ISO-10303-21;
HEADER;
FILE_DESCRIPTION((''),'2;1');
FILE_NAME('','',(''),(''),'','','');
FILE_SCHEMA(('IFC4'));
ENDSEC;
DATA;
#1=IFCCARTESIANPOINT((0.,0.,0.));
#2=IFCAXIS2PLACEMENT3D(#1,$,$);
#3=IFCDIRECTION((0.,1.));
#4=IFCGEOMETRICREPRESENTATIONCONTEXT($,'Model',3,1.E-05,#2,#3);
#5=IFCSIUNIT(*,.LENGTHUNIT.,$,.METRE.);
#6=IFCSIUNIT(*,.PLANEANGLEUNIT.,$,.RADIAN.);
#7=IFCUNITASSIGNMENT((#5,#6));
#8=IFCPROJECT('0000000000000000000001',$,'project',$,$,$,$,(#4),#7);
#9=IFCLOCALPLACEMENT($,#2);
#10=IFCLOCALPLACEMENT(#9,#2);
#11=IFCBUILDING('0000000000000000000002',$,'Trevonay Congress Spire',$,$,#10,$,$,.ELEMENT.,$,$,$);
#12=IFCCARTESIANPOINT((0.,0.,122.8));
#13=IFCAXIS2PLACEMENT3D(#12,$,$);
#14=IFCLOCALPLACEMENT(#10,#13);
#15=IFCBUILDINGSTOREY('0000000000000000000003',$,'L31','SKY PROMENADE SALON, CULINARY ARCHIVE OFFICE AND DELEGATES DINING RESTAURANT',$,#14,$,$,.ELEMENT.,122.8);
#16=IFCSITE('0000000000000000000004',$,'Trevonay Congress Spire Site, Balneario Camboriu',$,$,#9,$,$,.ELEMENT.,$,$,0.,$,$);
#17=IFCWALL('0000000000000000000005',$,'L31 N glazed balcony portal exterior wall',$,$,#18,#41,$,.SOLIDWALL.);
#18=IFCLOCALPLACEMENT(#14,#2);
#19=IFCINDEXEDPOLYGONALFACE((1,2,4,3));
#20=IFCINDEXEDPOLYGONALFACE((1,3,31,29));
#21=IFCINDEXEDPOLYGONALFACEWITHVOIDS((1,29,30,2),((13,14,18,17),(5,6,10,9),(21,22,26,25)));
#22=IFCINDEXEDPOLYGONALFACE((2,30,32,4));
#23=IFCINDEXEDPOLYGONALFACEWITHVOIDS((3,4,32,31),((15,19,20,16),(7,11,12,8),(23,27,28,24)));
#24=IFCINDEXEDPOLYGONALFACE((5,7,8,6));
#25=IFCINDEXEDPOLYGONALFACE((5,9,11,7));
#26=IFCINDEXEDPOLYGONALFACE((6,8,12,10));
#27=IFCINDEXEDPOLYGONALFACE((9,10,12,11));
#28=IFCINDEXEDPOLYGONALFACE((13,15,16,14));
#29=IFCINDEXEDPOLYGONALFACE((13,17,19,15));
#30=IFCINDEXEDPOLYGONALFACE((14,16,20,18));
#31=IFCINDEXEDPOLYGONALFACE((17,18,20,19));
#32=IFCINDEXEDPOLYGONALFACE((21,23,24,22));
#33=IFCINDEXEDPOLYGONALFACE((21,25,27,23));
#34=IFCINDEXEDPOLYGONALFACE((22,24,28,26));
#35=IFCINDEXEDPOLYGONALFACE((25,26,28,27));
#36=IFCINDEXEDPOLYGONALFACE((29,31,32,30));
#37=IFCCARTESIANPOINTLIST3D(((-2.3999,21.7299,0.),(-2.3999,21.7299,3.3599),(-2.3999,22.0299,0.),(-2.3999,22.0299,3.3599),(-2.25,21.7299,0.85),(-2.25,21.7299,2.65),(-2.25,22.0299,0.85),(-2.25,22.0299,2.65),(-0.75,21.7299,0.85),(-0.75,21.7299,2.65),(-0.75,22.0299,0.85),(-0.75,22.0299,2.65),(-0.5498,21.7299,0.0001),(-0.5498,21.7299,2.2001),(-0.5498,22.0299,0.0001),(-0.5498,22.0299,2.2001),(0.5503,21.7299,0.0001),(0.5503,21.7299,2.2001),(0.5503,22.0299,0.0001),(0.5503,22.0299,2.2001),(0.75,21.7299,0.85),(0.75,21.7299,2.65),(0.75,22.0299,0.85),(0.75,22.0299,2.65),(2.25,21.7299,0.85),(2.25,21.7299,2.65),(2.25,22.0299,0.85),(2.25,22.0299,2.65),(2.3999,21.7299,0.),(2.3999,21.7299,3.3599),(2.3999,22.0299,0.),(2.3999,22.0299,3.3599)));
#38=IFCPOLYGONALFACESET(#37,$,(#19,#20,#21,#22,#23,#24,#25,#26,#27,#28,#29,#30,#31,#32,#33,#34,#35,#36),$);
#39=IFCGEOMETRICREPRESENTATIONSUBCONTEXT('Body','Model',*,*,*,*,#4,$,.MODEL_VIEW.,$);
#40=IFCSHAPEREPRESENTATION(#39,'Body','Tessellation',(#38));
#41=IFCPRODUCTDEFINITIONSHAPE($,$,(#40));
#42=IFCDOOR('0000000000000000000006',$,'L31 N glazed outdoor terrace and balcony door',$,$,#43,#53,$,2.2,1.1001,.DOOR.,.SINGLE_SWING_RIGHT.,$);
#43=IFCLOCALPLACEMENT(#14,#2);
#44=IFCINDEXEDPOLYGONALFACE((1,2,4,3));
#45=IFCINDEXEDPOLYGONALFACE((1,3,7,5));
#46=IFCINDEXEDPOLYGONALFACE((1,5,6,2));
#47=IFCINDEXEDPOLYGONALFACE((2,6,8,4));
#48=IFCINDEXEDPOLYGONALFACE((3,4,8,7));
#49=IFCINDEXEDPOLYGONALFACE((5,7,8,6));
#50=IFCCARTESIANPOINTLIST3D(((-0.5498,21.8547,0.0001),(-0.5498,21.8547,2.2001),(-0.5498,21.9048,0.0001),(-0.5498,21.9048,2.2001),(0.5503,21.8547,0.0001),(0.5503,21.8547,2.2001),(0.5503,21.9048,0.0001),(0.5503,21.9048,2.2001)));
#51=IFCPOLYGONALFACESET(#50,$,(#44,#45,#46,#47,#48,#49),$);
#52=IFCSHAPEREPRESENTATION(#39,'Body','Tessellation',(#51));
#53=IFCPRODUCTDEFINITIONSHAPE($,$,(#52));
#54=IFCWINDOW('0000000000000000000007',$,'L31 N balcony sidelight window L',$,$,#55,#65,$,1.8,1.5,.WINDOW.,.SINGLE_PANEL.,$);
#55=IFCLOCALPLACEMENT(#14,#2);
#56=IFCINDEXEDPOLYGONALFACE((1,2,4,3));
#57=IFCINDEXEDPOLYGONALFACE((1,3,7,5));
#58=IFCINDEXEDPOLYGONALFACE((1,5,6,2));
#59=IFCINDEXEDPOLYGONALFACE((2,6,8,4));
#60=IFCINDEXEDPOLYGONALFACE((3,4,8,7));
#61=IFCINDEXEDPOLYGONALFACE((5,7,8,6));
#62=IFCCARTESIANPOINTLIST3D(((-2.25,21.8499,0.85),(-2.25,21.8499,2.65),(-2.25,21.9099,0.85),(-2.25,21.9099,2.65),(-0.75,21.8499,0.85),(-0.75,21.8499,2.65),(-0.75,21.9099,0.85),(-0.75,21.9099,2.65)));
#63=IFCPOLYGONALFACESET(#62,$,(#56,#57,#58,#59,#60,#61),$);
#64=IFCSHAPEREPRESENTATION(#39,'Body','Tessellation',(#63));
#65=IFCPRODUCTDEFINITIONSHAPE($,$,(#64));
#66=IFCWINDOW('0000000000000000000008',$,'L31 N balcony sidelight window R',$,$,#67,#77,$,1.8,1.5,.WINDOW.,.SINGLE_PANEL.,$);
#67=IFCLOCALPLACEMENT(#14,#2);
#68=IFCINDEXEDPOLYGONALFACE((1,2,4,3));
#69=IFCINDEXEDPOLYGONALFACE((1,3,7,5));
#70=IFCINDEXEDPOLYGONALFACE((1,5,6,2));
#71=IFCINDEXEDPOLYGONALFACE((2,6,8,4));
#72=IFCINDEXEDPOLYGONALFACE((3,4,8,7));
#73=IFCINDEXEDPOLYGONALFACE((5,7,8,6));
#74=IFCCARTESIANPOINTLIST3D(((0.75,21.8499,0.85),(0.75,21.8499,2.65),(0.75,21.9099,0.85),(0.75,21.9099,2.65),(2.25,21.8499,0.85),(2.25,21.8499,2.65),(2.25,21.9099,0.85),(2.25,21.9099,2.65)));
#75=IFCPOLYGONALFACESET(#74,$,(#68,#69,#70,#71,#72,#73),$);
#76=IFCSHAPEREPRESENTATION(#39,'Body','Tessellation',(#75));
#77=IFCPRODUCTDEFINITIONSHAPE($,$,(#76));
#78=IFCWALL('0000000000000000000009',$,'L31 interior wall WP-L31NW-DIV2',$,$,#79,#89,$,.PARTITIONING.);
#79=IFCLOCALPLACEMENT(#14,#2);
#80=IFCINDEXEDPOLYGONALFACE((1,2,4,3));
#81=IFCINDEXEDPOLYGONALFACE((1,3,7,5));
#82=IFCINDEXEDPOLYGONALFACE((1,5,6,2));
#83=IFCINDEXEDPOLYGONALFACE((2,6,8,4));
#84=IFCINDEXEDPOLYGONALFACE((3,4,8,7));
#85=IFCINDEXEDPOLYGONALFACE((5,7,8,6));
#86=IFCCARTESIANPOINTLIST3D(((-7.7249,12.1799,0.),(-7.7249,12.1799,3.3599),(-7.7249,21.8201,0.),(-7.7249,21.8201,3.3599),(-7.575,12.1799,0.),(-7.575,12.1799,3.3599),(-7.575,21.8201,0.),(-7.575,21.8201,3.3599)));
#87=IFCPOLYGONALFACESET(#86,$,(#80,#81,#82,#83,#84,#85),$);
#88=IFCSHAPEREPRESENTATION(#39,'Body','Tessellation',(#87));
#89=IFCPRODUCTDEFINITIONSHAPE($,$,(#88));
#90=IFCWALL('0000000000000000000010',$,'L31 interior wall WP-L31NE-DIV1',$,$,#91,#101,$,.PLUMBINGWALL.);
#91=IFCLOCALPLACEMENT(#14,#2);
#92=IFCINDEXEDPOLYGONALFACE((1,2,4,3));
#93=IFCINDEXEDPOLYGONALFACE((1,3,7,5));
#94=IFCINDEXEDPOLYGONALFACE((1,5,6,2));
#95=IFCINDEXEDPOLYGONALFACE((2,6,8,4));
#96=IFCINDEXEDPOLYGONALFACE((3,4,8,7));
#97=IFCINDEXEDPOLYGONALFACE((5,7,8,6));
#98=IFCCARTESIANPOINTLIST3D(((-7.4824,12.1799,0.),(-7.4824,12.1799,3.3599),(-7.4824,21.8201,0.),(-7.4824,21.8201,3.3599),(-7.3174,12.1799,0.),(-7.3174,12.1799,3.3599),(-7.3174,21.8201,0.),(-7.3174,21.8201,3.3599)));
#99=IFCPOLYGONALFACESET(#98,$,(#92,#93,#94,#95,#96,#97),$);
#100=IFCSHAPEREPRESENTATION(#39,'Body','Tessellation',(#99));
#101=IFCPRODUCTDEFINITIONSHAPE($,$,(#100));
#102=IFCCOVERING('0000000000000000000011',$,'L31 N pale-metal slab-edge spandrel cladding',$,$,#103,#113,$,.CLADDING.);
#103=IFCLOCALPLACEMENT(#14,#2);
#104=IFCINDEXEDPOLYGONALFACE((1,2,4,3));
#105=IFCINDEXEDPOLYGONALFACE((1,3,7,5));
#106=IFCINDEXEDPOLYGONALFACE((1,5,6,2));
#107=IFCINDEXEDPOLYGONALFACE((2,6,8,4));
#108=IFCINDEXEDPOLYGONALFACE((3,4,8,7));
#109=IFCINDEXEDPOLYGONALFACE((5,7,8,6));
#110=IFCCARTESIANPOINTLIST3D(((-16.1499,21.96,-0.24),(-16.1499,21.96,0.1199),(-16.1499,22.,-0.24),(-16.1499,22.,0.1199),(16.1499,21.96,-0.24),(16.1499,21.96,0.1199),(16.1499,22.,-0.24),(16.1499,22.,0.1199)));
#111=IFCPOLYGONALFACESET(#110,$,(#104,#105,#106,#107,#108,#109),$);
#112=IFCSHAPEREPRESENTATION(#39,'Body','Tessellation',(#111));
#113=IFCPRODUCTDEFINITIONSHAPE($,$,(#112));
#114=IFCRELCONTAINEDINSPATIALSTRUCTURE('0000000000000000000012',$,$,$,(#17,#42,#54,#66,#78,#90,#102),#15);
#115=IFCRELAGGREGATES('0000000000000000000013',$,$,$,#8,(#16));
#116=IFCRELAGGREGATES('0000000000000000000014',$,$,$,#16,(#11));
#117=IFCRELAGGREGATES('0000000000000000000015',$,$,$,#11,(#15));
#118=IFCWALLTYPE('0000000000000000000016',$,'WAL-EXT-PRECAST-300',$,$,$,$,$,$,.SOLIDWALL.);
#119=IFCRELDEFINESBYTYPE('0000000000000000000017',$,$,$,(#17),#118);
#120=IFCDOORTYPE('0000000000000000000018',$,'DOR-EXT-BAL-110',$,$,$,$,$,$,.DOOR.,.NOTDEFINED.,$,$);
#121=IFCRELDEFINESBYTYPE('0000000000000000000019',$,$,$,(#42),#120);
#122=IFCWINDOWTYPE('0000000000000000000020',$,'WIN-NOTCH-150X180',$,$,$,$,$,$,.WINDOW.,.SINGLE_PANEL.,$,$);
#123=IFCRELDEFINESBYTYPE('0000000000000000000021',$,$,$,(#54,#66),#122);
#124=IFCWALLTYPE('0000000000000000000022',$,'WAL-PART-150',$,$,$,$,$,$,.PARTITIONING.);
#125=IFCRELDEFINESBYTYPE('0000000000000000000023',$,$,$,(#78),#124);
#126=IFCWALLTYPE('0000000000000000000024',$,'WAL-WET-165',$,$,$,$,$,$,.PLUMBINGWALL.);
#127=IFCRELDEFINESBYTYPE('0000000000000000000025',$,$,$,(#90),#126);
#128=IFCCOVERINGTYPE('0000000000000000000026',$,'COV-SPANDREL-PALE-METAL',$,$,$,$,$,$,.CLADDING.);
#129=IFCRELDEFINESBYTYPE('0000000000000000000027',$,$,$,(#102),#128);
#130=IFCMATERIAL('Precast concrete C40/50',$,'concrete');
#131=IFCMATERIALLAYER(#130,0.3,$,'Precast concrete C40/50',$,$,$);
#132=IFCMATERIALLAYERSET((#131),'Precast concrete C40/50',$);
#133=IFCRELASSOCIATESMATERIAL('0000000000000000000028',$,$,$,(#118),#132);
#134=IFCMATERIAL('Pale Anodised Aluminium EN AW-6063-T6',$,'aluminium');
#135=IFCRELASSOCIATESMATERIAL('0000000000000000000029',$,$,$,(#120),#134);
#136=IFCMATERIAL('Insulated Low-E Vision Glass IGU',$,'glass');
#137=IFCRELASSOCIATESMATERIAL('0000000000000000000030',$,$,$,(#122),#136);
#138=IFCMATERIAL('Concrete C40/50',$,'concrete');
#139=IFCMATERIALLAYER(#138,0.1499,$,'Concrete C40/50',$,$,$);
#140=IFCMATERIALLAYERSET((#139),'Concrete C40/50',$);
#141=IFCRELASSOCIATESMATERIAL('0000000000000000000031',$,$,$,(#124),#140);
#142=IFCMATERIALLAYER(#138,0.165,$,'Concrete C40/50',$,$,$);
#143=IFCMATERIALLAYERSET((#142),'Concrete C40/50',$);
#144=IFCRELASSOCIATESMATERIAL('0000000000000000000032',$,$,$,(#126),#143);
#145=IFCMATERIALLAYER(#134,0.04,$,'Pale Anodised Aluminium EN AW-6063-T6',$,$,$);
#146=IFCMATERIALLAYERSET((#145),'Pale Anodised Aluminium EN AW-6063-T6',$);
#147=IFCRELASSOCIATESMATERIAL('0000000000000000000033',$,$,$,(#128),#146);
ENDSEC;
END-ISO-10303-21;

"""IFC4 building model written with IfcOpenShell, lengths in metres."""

from ifc_helpers import new_model, si_unit, direction, frame, frame_2d, origin, place, context, subcontext, project, spatial, rectangle, extrude, material, layer, layer_set, type_object, element, fill, save


model = new_model("IFC4")

# Units and contexts
model_context = context("Model", 3, precision=1e-05, world=origin(), true_north=direction((0.0, 1.0)))
body_context = subcontext(model_context, "Body", "Model", "MODEL_VIEW")
ifc_project = project(units=[si_unit("LENGTHUNIT", "METRE"), si_unit("PLANEANGLEUNIT", "RADIAN")], contexts=[model_context])

# Site, building, storey
site_placement = place(None, origin())
site = spatial("IfcSite", under=ifc_project, at=site_placement, Name="Trevonay Congress Spire Site, Balneario Camboriu", CompositionType="ELEMENT", RefElevation=0.0)
building_placement = place(site_placement, origin())
building = spatial("IfcBuilding", under=site, at=building_placement, Name="Trevonay Congress Spire", CompositionType="ELEMENT")
storey_placement = place(building_placement, frame((0.0, 0.0, 122.8)))
storey = spatial("IfcBuildingStorey", under=building, at=storey_placement, Name="L31", Description="SKY PROMENADE SALON, CULINARY ARCHIVE OFFICE AND DELEGATES DINING RESTAURANT", CompositionType="ELEMENT", Elevation=122.8)

# Shared definitions
ifc_material_1 = material(Name="Pale Anodised Aluminium EN AW-6063-T6", Category="aluminium")
ifc_material_2 = material(Name="Insulated Low-E Vision Glass IGU", Category="glass")

# Shared definitions
ifc_material_3 = material(Name="Concrete C40/50", Category="concrete")

# Wall, openings, door, windows
ifc_material_4 = material(Name="Precast concrete C40/50", Category="concrete")
ifc_layer_1 = layer(ifc_material_4, 0.3, Name="Precast concrete C40/50")
ifc_layer_set_1 = layer_set([ifc_layer_1], Name="Precast concrete C40/50")
wall_type_1 = type_object("IfcWallType", Name="WAL-EXT-PRECAST-300", PredefinedType="SOLIDWALL", material=ifc_layer_set_1)
wall_1_placement = place(storey_placement, frame((-2.3999, 21.8799, 0.0), z_axis=(0.0, 0.0, 1.0), x_axis=(1.0, 0.0, 0.0)))
wall_1 = element("IfcWall", 1, at=wall_1_placement, inside=storey, type_object=wall_type_1, Name="L31 N glazed balcony portal exterior wall", PredefinedType="SOLIDWALL", context=body_context, shape_type="SweptSolid", body=[
    extrude(rectangle(XDim=4.7998, YDim=0.3, at=frame_2d((2.3999, 0.0))), origin(), (0.0, 0.0, 1.0), 3.3599),
])
opening_1_placement = place(wall_1_placement, frame((1.8501, 0.0, 0.0)))
opening_1 = element("IfcOpeningElement", 2, at=opening_1_placement, cuts=wall_1, PredefinedType="OPENING", context=body_context, shape_type="SweptSolid", body=[
    extrude(rectangle(XDim=1.1001, YDim=2.2, at=frame_2d((0.55, 1.1001))), frame((0.0, 0.1602, 0.0), z_axis=(0.0, -1.0, 0.0), x_axis=(1.0, 0.0, 0.0)), (0.0, 0.0, 1.0), 0.3201),
])
opening_2_placement = place(wall_1_placement, frame((0.1499, 0.0, 0.8501)))
opening_2 = element("IfcOpeningElement", 3, at=opening_2_placement, cuts=wall_1, PredefinedType="OPENING", context=body_context, shape_type="SweptSolid", body=[
    extrude(rectangle(XDim=1.5, YDim=1.8, at=frame_2d((0.75, 0.8999))), frame((0.0, 0.1602, 0.0), z_axis=(0.0, -1.0, 0.0), x_axis=(1.0, 0.0, 0.0)), (0.0, 0.0, 1.0), 0.3201),
])
opening_3_placement = place(wall_1_placement, frame((3.1499, 0.0, 0.8501)))
opening_3 = element("IfcOpeningElement", 4, at=opening_3_placement, cuts=wall_1, PredefinedType="OPENING", context=body_context, shape_type="SweptSolid", body=[
    extrude(rectangle(XDim=1.5, YDim=1.8, at=frame_2d((0.75, 0.8999))), frame((0.0, 0.1602, 0.0), z_axis=(0.0, -1.0, 0.0), x_axis=(1.0, 0.0, 0.0)), (0.0, 0.0, 1.0), 0.3201),
])
door_type_1 = type_object("IfcDoorType", Name="DOR-EXT-BAL-110", OperationType="NOTDEFINED", PredefinedType="DOOR", material=ifc_material_1)
door_1_placement = place(opening_1_placement, origin())
door_1 = element("IfcDoor", 5, at=door_1_placement, inside=storey, type_object=door_type_1, Name="L31 N glazed outdoor terrace and balcony door", OperationType="SINGLE_SWING_RIGHT", OverallHeight=2.2, OverallWidth=1.1001, PredefinedType="DOOR", context=body_context, shape_type="SweptSolid", body=[
    extrude(rectangle(XDim=1.1001, YDim=2.2, at=frame_2d((0.55, 1.1001))), frame((0.0, 0.0249, 0.0), z_axis=(0.0, -1.0, 0.0), x_axis=(1.0, 0.0, 0.0)), (0.0, 0.0, 1.0), 0.05),
])
fill(opening_1, door_1)
window_type = type_object("IfcWindowType", Name="WIN-NOTCH-150X180", PartitioningType="SINGLE_PANEL", PredefinedType="WINDOW", material=ifc_material_2)
window_1_placement = place(opening_2_placement, origin())
window_1 = element("IfcWindow", 6, at=window_1_placement, inside=storey, type_object=window_type, Name="L31 N balcony sidelight window L", OverallHeight=1.8, OverallWidth=1.5, PartitioningType="SINGLE_PANEL", PredefinedType="WINDOW", context=body_context, shape_type="SweptSolid", body=[
    extrude(rectangle(XDim=1.5, YDim=1.8, at=frame_2d((0.75, 0.8999))), frame((0.0, 0.03, 0.0), z_axis=(0.0, -1.0, 0.0), x_axis=(1.0, 0.0, 0.0)), (0.0, 0.0, 1.0), 0.0601),
])
fill(opening_2, window_1)
window_2_placement = place(opening_3_placement, origin())
window_2 = element("IfcWindow", 7, at=window_2_placement, inside=storey, type_object=window_type, Name="L31 N balcony sidelight window R", OverallHeight=1.8, OverallWidth=1.5, PartitioningType="SINGLE_PANEL", PredefinedType="WINDOW", context=body_context, shape_type="SweptSolid", body=[
    extrude(rectangle(XDim=1.5, YDim=1.8, at=frame_2d((0.75, 0.8999))), frame((0.0, 0.03, 0.0), z_axis=(0.0, -1.0, 0.0), x_axis=(1.0, 0.0, 0.0)), (0.0, 0.0, 1.0), 0.0601),
])
fill(opening_3, window_2)

# Walls
ifc_layer_2 = layer(ifc_material_3, 0.1499, Name="Concrete C40/50")
ifc_layer_set_2 = layer_set([ifc_layer_2], Name="Concrete C40/50")
wall_type_2 = type_object("IfcWallType", Name="WAL-PART-150", PredefinedType="PARTITIONING", material=ifc_layer_set_2)
wall_2_placement = place(storey_placement, frame((-7.6499, 12.1799, 0.0), z_axis=(0.0, 0.0, 1.0), x_axis=(0.0, 1.0, 0.0)))
element("IfcWall", 8, at=wall_2_placement, inside=storey, type_object=wall_type_2, Name="L31 interior wall WP-L31NW-DIV2", PredefinedType="PARTITIONING", context=body_context, shape_type="SweptSolid", body=[
    extrude(rectangle(XDim=9.6401, YDim=0.1499, at=frame_2d((4.8201, 0.0))), origin(), (0.0, 0.0, 1.0), 3.3599),
])
ifc_layer_3 = layer(ifc_material_3, 0.165, Name="Concrete C40/50")
ifc_layer_set_3 = layer_set([ifc_layer_3], Name="Concrete C40/50")
wall_type_3 = type_object("IfcWallType", Name="WAL-WET-165", PredefinedType="PLUMBINGWALL", material=ifc_layer_set_3)
wall_3_placement = place(storey_placement, frame((-7.3999, 12.1799, 0.0), z_axis=(0.0, 0.0, 1.0), x_axis=(0.0, 1.0, 0.0)))
element("IfcWall", 9, at=wall_3_placement, inside=storey, type_object=wall_type_3, Name="L31 interior wall WP-L31NE-DIV1", PredefinedType="PLUMBINGWALL", context=body_context, shape_type="SweptSolid", body=[
    extrude(rectangle(XDim=9.6401, YDim=0.165, at=frame_2d((4.8201, 0.0))), origin(), (0.0, 0.0, 1.0), 3.3599),
])

# Covering
ifc_layer_4 = layer(ifc_material_1, 0.04, Name="Pale Anodised Aluminium EN AW-6063-T6")
ifc_layer_set_4 = layer_set([ifc_layer_4], Name="Pale Anodised Aluminium EN AW-6063-T6")
covering_type = type_object("IfcCoveringType", Name="COV-SPANDREL-PALE-METAL", PredefinedType="CLADDING", material=ifc_layer_set_4)
covering_placement = place(storey_placement, frame((-16.1499, 21.98, -0.24), z_axis=(0.0, 0.0, 1.0), x_axis=(1.0, 0.0, 0.0)))
element("IfcCovering", 10, at=covering_placement, inside=storey, type_object=covering_type, Name="L31 N pale-metal slab-edge spandrel cladding", PredefinedType="CLADDING", context=body_context, shape_type="SweptSolid", body=[
    extrude(rectangle(XDim=32.2998, YDim=0.04, at=frame_2d((16.1499, 0.0))), origin(), (0.0, 0.0, 1.0), 0.3599),
])

save(model, "model.ifc")
